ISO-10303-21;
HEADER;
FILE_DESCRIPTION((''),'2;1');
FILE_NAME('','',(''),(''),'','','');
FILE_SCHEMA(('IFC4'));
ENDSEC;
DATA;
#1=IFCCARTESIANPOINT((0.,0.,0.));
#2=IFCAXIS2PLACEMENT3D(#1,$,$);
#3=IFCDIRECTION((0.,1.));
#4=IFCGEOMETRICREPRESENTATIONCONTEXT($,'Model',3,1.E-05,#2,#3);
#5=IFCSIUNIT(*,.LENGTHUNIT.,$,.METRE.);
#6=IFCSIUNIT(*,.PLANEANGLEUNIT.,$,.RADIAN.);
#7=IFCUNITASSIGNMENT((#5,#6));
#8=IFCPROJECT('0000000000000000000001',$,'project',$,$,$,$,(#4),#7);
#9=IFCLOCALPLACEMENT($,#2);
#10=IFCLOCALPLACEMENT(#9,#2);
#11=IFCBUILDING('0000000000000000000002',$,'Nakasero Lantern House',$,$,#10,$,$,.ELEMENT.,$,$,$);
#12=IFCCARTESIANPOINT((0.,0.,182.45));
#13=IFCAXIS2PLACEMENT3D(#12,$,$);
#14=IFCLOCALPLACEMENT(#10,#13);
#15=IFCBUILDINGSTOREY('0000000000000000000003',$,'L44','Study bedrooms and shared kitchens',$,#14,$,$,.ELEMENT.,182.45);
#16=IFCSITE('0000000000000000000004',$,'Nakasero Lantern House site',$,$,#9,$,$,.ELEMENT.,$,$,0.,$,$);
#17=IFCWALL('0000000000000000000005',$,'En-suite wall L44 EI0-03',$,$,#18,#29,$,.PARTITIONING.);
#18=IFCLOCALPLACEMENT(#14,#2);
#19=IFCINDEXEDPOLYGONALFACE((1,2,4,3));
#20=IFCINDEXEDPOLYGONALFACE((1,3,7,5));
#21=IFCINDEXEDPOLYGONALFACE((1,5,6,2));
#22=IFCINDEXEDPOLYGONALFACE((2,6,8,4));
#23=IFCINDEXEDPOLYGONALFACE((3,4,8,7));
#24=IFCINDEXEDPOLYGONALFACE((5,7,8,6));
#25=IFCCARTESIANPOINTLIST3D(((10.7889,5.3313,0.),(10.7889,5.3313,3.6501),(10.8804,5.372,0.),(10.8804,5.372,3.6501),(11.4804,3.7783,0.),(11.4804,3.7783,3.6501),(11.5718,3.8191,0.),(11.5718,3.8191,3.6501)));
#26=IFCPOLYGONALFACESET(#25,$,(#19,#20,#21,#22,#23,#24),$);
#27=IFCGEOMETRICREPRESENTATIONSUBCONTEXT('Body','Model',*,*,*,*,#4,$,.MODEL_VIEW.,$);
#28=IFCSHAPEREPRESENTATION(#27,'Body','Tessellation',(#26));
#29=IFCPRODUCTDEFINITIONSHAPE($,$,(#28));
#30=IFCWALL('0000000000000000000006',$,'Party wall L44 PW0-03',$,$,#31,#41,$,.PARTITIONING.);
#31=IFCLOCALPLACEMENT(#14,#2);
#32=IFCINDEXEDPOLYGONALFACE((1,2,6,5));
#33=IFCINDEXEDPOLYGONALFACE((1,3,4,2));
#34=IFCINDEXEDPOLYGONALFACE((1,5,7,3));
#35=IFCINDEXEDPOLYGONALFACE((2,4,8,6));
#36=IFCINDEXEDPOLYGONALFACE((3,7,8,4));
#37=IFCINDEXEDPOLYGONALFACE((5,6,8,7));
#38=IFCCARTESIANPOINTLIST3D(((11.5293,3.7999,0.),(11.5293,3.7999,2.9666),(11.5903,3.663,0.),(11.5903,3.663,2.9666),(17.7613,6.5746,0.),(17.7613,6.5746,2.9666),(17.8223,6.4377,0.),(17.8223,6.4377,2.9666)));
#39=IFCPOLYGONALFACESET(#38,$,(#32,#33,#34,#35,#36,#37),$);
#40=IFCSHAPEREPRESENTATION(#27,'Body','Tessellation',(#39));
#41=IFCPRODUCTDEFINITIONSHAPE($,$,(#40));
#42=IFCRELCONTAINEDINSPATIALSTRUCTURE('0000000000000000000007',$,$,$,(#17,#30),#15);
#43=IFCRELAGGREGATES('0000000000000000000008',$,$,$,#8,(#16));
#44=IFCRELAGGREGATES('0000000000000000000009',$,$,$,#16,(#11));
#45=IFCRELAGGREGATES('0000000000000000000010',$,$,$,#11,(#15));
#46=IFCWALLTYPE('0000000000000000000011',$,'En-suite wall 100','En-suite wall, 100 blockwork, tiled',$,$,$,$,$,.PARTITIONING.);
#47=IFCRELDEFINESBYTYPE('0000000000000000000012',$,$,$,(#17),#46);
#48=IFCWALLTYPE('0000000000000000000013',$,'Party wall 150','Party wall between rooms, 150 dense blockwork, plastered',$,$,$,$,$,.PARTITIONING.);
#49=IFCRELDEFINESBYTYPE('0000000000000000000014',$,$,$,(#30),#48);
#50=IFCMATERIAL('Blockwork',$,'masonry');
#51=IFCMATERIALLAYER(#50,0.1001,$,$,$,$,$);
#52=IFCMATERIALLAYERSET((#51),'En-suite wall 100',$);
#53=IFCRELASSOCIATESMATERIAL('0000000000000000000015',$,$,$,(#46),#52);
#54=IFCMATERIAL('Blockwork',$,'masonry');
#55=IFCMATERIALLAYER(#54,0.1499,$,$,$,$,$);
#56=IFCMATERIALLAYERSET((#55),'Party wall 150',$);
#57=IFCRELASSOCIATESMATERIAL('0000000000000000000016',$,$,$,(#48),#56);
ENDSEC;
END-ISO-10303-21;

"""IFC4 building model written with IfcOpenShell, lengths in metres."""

from ifc_helpers import new_model, si_unit, direction, frame, frame_2d, origin, place, context, subcontext, project, spatial, rectangle, extrude, material, layer, layer_set, type_object, element, save


model = new_model("IFC4")

# Units and contexts
model_context = context("Model", 3, precision=1e-05, world=origin(), true_north=direction((0.0, 1.0)))
body_context = subcontext(model_context, "Body", "Model", "MODEL_VIEW")
ifc_project = project(units=[si_unit("LENGTHUNIT", "METRE"), si_unit("PLANEANGLEUNIT", "RADIAN")], contexts=[model_context])

# Site, building, storey
site_placement = place(None, origin())
site = spatial("IfcSite", under=ifc_project, at=site_placement, Name="Nakasero Lantern House site", CompositionType="ELEMENT", RefElevation=0.0)
building_placement = place(site_placement, origin())
building = spatial("IfcBuilding", under=site, at=building_placement, Name="Nakasero Lantern House", CompositionType="ELEMENT")
storey_placement = place(building_placement, frame((0.0, 0.0, 182.45)))
storey = spatial("IfcBuildingStorey", under=building, at=storey_placement, Name="L44", Description="Study bedrooms and shared kitchens", CompositionType="ELEMENT", Elevation=182.45)

# Shared definitions
ifc_material_1 = material(Name="Blockwork", Category="masonry")
ifc_layer_1 = layer(ifc_material_1, 0.1001)
ifc_layer_set_1 = layer_set([ifc_layer_1], Name="En-suite wall 100")
wall_type_1 = type_object("IfcWallType", Name="En-suite wall 100", Description="En-suite wall, 100 blockwork, tiled", PredefinedType="PARTITIONING", material=ifc_layer_set_1)

# Walls
for number, where, z_axis, x_axis, name in (
    (1, (11.5261, 3.7986, 0.0), (0.0, 0.0, 1.0), (-0.406725, 0.913551, 0.0), "En-suite wall L44 EI0-03"),
):
    element("IfcWall", number, at=place(storey_placement, frame(where, z_axis=z_axis, x_axis=x_axis)), inside=storey, type_object=wall_type_1, Name=name, PredefinedType="PARTITIONING", context=body_context, shape_type="SweptSolid", body=[
        extrude(rectangle(XDim=1.7, YDim=0.1001, at=frame_2d((0.8501, 0.0))), origin(), (0.0, 0.0, 1.0), 3.6501),
    ])
ifc_material_2 = material(Name="Blockwork", Category="masonry")
ifc_layer_2 = layer(ifc_material_2, 0.1499)
ifc_layer_set_2 = layer_set([ifc_layer_2], Name="Party wall 150")
wall_type_2 = type_object("IfcWallType", Name="Party wall 150", Description="Party wall between rooms, 150 dense blockwork, plastered", PredefinedType="PARTITIONING", material=ifc_layer_set_2)
wall_1_placement = place(storey_placement, frame((11.5598, 3.7314, 0.0), z_axis=(0.0, 0.0, 1.0), x_axis=(0.913544, 0.406739, 0.0)))
element("IfcWall", 2, at=wall_1_placement, inside=storey, type_object=wall_type_2, Name="Party wall L44 PW0-03", PredefinedType="PARTITIONING", context=body_context, shape_type="SweptSolid", body=[
    extrude(rectangle(XDim=6.8218, YDim=0.1499, at=frame_2d((3.4109, 0.0))), origin(), (0.0, 0.0, 1.0), 2.9666),
])

save(model, "model.ifc")
